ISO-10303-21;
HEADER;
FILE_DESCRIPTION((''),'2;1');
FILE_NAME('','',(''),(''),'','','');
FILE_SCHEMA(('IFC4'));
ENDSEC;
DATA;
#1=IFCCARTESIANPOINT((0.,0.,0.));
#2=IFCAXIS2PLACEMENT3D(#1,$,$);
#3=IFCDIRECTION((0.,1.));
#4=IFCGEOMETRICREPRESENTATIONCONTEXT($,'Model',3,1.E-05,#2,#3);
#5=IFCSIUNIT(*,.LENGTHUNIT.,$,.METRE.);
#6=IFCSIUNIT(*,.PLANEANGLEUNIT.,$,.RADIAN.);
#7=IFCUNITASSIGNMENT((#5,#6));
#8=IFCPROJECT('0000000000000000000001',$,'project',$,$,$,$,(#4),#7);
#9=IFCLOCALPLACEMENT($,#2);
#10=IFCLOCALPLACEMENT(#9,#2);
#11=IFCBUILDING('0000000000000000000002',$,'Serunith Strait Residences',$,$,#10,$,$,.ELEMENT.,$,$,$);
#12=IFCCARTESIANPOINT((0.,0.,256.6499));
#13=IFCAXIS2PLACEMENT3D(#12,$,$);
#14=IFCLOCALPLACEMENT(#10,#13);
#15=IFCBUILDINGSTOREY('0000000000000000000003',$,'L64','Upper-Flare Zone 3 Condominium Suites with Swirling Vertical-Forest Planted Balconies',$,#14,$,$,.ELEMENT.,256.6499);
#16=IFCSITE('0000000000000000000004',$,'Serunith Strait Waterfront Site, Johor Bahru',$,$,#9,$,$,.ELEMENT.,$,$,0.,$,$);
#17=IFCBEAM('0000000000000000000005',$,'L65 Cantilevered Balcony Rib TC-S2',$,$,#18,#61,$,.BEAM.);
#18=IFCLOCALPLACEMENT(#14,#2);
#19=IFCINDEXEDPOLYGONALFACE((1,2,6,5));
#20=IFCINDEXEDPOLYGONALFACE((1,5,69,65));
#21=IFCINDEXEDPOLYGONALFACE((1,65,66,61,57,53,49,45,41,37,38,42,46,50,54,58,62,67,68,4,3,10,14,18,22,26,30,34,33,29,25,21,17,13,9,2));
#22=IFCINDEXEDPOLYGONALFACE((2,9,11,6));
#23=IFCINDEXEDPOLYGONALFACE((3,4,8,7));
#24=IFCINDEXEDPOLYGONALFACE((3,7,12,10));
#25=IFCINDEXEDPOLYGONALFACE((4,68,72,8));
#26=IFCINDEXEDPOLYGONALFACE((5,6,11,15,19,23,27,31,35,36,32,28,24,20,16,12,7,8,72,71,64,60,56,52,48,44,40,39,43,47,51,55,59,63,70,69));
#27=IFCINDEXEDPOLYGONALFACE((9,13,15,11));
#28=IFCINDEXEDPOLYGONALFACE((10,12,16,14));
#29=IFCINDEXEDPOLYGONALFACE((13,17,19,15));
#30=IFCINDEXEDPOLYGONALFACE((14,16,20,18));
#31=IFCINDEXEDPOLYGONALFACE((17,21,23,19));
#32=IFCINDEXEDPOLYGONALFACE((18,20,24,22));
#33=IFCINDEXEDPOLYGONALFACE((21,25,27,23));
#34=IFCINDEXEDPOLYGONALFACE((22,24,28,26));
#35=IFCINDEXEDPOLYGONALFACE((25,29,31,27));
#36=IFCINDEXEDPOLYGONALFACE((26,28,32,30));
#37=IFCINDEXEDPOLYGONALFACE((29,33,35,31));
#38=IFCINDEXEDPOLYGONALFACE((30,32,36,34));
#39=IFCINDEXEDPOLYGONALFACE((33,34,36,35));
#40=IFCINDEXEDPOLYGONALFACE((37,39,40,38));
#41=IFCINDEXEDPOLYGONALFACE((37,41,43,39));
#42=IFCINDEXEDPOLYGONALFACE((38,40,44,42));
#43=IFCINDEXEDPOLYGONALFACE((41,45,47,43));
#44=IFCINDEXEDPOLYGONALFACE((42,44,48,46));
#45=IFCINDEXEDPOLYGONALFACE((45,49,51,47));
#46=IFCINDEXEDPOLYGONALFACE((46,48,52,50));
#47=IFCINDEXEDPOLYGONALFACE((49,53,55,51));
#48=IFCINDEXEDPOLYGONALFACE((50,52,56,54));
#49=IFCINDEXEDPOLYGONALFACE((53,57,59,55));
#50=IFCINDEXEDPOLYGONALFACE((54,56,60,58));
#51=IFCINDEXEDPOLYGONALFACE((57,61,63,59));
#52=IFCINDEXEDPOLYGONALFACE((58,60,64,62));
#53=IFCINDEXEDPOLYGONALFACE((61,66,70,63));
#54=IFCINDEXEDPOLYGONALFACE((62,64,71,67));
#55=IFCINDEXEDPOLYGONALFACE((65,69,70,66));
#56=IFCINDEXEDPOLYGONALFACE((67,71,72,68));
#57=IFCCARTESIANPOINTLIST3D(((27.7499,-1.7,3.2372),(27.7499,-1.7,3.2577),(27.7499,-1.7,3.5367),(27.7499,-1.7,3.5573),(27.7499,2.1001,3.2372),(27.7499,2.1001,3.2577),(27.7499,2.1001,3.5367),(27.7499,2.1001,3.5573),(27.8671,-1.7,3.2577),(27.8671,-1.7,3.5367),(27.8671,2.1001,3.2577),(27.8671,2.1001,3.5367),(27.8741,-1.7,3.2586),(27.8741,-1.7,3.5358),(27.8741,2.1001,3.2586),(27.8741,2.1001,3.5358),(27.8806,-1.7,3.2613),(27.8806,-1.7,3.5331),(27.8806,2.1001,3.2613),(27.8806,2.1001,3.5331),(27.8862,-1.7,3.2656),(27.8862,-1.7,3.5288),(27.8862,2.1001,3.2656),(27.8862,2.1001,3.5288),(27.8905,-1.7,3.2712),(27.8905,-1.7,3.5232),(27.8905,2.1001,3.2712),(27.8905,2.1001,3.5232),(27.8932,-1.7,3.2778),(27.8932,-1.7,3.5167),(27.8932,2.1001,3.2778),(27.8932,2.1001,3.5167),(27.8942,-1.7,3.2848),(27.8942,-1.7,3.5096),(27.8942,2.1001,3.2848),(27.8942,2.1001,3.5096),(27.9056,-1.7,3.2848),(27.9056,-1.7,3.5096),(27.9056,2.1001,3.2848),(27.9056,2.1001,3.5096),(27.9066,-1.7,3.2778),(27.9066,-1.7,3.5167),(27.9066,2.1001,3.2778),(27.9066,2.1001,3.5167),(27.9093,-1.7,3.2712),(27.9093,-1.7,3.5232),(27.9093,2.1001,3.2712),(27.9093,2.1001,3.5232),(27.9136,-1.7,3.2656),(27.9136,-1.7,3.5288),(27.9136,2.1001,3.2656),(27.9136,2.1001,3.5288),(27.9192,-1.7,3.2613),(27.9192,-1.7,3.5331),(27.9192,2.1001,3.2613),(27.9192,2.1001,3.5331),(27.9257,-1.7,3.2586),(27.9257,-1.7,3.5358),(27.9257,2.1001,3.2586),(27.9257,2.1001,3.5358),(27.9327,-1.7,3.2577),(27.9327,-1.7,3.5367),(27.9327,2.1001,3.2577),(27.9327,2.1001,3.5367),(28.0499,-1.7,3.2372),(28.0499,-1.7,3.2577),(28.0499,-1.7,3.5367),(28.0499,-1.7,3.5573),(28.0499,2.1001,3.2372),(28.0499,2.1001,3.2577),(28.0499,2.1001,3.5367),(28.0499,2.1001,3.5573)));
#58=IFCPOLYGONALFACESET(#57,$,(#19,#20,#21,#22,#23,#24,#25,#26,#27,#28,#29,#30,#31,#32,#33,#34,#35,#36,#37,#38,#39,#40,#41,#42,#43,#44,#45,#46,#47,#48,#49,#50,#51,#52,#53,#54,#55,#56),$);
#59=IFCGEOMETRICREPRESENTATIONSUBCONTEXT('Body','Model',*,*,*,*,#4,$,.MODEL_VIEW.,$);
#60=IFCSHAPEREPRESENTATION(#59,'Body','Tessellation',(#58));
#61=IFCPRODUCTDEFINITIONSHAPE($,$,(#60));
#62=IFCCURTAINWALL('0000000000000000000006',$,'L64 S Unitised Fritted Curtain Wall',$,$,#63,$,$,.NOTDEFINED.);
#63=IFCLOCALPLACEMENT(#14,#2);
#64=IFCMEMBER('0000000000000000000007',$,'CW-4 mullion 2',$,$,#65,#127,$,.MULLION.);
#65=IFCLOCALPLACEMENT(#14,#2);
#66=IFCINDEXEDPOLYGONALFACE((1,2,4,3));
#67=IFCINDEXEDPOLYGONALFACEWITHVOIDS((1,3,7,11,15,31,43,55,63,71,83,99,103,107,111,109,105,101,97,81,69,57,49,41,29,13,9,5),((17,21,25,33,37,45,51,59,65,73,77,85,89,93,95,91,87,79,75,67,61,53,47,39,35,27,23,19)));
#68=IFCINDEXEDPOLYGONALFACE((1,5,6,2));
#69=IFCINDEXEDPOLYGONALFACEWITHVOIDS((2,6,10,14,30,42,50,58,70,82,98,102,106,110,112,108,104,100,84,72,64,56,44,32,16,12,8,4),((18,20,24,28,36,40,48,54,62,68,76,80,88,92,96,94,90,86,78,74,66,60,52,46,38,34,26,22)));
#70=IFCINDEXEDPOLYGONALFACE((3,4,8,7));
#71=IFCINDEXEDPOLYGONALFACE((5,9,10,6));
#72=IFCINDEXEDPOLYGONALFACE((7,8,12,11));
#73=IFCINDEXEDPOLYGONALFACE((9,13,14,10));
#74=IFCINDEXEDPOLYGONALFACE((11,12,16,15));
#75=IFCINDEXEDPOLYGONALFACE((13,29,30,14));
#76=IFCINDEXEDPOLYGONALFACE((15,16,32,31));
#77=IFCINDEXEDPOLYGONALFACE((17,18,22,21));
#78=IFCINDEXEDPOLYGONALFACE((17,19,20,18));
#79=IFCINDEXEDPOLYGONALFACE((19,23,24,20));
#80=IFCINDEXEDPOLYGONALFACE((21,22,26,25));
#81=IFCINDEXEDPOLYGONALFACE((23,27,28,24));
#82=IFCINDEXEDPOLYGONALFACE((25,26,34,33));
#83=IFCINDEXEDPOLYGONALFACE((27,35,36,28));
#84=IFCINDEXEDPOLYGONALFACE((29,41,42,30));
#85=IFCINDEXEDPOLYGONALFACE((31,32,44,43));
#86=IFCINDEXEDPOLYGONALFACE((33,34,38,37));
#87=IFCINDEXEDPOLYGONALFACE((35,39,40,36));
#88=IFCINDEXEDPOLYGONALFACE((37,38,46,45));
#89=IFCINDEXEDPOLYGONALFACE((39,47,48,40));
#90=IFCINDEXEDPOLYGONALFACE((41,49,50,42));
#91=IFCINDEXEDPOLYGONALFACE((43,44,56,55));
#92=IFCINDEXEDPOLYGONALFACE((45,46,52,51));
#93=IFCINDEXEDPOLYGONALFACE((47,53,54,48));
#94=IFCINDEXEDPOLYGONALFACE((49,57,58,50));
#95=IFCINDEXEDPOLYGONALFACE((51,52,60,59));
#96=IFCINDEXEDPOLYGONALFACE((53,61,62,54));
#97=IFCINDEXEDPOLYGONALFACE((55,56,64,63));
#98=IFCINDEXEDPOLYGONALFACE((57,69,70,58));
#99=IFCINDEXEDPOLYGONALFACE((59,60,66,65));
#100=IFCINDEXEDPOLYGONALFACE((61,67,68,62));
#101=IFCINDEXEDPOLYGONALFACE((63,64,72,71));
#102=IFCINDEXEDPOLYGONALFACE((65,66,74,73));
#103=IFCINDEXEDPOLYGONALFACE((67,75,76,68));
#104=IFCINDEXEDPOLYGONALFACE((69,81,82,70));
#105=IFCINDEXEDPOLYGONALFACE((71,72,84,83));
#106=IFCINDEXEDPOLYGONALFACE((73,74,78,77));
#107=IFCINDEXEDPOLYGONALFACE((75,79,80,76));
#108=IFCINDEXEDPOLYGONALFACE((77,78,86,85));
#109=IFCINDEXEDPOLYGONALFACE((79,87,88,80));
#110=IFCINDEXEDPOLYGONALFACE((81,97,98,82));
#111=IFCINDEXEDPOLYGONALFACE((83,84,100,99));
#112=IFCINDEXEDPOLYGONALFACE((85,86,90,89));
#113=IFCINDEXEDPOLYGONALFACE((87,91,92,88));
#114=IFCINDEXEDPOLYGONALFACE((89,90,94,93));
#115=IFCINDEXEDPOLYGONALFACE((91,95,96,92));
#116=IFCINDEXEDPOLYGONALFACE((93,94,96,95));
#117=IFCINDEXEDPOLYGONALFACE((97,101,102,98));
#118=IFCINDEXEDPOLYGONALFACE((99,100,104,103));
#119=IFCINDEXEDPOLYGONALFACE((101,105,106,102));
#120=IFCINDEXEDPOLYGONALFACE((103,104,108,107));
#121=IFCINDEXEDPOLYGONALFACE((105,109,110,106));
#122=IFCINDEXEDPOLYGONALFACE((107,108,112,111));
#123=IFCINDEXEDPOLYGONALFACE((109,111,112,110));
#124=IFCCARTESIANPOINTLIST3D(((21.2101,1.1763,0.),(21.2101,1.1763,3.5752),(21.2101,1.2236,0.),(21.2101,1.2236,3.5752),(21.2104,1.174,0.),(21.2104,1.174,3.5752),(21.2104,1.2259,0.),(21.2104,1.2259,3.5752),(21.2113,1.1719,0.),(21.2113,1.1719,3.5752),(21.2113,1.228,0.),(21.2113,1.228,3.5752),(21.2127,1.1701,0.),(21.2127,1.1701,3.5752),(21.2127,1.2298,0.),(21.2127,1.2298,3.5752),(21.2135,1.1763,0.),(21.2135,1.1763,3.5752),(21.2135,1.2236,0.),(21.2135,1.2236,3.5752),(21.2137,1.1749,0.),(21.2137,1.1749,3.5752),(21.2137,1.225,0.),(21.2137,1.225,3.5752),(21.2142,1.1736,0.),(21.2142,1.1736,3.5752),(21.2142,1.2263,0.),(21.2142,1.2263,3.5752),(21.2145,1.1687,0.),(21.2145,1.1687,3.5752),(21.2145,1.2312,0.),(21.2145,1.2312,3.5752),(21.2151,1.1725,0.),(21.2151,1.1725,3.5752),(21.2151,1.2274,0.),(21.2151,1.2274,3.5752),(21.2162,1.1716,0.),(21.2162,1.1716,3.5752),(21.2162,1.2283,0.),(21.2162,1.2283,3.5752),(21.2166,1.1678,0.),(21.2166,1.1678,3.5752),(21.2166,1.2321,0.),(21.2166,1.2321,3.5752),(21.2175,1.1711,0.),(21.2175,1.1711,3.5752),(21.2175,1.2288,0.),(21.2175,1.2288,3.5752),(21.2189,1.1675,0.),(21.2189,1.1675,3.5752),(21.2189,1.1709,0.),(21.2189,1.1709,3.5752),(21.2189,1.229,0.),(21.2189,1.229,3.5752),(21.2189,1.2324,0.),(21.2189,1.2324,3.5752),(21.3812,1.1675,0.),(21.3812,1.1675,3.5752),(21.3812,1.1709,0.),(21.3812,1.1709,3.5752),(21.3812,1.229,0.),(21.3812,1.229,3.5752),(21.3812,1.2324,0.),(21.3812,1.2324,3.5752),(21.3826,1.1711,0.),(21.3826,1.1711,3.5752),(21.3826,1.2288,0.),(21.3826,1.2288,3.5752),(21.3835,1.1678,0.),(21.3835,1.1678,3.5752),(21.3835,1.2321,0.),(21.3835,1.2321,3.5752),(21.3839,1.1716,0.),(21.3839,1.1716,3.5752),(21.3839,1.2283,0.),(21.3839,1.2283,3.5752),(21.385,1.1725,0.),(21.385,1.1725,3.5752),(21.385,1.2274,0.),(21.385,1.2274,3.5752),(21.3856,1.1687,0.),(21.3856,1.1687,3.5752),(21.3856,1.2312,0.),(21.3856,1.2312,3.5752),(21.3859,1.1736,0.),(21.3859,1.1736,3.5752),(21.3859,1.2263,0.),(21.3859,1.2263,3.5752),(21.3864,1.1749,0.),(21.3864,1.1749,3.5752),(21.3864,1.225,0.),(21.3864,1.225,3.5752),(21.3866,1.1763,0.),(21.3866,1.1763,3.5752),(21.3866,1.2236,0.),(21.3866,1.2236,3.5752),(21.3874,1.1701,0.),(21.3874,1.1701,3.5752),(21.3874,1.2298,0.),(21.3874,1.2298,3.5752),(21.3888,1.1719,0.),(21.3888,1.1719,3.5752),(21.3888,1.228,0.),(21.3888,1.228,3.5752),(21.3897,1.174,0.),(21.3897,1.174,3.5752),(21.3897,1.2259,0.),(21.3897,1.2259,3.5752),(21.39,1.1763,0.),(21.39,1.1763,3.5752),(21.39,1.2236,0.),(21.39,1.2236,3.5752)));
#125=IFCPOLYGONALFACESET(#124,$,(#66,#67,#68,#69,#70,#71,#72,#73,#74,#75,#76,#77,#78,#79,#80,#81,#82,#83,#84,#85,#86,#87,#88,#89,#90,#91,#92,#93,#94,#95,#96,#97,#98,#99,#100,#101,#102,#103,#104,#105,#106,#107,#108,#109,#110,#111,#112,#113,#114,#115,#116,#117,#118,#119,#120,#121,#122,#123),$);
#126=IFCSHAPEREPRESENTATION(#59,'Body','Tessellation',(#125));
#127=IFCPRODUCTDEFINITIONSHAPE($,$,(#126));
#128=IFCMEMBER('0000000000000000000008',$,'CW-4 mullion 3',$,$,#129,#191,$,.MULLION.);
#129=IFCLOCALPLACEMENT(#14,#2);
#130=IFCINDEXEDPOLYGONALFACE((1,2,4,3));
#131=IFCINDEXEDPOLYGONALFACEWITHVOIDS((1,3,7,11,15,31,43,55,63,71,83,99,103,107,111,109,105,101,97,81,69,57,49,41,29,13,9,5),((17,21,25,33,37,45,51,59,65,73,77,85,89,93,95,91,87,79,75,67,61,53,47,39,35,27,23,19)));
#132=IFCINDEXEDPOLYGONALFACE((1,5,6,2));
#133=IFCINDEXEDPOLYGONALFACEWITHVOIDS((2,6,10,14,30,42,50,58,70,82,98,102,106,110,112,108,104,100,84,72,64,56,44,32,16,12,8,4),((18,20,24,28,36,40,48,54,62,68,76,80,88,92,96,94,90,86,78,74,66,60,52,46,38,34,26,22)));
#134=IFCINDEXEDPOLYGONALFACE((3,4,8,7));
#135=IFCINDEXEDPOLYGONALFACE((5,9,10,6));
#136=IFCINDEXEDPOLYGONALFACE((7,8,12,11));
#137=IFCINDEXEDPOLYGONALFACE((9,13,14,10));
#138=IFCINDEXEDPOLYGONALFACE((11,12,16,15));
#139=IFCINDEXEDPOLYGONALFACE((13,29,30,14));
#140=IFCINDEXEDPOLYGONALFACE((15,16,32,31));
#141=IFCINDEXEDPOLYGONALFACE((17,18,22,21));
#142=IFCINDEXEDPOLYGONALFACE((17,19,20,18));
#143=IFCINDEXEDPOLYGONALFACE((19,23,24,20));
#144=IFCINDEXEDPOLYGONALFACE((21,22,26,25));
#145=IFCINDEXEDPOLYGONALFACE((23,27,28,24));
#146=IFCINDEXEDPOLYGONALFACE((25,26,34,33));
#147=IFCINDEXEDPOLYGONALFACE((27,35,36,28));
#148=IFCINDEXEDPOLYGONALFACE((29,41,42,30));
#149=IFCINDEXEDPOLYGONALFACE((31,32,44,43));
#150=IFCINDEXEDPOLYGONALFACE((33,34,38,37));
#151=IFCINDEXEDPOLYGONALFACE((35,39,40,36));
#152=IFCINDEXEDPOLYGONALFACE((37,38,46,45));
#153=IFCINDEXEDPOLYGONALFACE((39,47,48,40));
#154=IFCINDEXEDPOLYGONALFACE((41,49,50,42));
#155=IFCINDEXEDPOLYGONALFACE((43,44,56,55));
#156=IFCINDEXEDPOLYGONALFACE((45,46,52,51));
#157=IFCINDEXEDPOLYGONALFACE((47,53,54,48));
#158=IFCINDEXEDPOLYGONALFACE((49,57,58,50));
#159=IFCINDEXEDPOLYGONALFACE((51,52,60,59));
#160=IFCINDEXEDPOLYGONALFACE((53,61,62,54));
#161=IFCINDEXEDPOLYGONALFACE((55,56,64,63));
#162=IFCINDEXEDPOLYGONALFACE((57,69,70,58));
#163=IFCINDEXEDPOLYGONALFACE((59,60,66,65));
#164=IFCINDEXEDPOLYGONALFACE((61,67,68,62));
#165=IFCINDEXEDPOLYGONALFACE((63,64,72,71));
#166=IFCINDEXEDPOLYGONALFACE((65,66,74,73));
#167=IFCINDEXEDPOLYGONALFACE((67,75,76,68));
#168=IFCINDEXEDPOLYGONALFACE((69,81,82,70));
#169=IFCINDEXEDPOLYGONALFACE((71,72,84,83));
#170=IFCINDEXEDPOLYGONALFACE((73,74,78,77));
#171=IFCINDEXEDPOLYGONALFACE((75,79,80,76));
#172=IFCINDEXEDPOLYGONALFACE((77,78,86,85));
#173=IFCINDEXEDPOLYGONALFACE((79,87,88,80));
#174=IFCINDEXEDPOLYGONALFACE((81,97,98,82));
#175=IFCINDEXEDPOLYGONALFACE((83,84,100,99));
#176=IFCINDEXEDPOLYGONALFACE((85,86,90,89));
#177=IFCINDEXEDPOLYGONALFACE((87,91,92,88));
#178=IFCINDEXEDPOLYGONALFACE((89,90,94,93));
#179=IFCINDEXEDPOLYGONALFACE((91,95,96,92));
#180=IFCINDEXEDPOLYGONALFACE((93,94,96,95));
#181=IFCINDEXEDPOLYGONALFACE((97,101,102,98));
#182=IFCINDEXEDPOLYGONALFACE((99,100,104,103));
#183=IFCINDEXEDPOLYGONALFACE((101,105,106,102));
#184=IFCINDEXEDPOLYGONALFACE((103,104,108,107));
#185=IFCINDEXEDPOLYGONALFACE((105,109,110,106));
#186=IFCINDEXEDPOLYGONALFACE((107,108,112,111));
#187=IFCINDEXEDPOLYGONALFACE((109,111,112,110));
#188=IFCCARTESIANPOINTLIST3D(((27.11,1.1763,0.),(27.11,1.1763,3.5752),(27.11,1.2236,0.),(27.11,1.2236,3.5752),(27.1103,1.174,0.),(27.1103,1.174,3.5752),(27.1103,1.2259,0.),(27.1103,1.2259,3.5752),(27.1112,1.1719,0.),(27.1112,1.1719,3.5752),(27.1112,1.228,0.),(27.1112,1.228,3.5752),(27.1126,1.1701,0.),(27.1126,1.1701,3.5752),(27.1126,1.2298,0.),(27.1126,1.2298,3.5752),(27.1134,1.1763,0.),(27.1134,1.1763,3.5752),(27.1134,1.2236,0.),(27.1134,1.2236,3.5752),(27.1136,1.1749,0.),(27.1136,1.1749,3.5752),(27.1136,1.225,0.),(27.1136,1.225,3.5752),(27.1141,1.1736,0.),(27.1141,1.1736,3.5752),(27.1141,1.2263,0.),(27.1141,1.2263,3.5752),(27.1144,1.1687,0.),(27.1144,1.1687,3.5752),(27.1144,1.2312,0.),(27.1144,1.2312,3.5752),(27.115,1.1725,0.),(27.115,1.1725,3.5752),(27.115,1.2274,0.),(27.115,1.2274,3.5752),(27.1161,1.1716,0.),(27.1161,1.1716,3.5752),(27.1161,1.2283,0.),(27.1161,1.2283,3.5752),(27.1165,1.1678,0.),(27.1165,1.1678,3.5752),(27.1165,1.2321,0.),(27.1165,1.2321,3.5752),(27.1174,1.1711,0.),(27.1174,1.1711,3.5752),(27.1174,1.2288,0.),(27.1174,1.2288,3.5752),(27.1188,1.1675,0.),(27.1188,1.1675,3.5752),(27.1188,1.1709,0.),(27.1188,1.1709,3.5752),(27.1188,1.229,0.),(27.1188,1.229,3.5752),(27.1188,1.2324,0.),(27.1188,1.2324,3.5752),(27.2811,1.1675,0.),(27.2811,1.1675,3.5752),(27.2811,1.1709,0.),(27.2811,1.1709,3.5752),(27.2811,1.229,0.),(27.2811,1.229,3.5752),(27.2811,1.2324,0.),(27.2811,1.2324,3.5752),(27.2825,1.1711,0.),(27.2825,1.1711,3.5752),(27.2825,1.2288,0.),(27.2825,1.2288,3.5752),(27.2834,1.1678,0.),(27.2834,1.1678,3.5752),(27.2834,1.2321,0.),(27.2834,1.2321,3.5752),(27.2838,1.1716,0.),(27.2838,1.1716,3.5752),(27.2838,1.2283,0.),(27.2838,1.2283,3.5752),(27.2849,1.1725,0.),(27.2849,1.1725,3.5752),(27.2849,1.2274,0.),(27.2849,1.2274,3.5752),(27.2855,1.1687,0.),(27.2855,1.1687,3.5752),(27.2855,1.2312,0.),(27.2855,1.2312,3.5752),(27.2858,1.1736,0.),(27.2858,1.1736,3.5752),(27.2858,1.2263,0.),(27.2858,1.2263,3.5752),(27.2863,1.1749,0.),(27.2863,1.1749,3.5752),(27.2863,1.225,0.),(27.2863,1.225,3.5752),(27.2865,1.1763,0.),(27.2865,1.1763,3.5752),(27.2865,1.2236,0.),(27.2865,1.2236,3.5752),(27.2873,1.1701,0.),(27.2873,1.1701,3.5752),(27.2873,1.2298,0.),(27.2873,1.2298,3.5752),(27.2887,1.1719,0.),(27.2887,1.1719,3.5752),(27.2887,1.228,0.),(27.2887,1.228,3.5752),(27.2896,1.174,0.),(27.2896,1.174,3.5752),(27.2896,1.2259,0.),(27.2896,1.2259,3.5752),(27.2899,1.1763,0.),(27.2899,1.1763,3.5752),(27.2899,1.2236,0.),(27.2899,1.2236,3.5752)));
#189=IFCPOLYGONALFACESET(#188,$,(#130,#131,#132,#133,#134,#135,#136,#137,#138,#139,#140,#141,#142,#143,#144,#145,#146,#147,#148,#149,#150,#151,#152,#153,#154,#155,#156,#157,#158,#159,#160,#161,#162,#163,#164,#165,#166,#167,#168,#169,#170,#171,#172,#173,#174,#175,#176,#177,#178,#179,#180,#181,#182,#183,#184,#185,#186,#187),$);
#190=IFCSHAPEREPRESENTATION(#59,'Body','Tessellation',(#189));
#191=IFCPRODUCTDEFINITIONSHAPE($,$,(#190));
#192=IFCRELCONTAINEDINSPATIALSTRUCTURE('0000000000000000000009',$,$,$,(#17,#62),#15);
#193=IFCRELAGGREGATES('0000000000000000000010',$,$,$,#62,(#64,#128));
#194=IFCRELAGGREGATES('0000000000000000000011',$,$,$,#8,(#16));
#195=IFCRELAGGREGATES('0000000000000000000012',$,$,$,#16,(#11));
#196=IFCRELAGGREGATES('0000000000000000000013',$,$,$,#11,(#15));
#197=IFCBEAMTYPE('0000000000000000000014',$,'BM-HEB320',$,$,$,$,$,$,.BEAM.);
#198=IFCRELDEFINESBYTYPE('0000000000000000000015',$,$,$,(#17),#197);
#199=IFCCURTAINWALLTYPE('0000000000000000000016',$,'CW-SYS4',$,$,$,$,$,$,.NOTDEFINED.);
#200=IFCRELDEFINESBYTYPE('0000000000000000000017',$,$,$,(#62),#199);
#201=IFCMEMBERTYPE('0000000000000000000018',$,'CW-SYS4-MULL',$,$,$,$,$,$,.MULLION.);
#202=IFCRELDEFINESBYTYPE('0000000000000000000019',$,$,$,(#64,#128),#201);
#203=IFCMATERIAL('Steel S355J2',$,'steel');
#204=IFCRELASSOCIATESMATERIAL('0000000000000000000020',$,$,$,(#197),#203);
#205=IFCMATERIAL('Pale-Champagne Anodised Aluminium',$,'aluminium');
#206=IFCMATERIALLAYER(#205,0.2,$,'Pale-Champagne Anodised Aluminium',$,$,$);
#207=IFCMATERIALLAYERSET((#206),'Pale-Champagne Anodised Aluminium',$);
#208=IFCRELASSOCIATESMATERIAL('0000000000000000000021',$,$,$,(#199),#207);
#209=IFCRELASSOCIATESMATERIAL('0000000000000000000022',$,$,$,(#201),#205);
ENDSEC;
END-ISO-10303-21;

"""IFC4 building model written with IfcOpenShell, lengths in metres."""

from ifc_helpers import new_model, si_unit, direction, frame, origin, origin_2d, place, context, subcontext, project, spatial, hollow_rectangle, i_section, extrude, source, transform, mapped, material, layer, layer_set, material_profile, profile_set, type_object, element, aggregate, save


model = new_model("IFC4")

# Units and contexts
model_context = context("Model", 3, precision=1e-05, world=origin(), true_north=direction((0.0, 1.0)))
body_context = subcontext(model_context, "Body", "Model", "MODEL_VIEW")
ifc_project = project(units=[si_unit("LENGTHUNIT", "METRE"), si_unit("PLANEANGLEUNIT", "RADIAN")], contexts=[model_context])

# Site, building, storey
site_placement = place(None, origin())
site = spatial("IfcSite", under=ifc_project, at=site_placement, Name="Serunith Strait Waterfront Site, Johor Bahru", CompositionType="ELEMENT", RefElevation=0.0)
building_placement = place(site_placement, origin())
building = spatial("IfcBuilding", under=site, at=building_placement, Name="Serunith Strait Residences", CompositionType="ELEMENT")
storey_placement = place(building_placement, frame((0.0, 0.0, 256.6499)))
storey = spatial("IfcBuildingStorey", under=building, at=storey_placement, Name="L64", Description="Upper-Flare Zone 3 Condominium Suites with Swirling Vertical-Forest Planted Balconies", CompositionType="ELEMENT", Elevation=256.6499)

# Beam
ifc_material_1 = material(Name="Steel S355J2", Category="steel")
ifc_material_profile_1 = material_profile(ifc_material_1, i_section(OverallWidth=0.3, OverallDepth=0.3201, WebThickness=0.0115, FlangeThickness=0.0205, FilletRadius=0.0271, at=origin_2d()), Name="HEB 320")
ifc_profile_set_1 = profile_set([ifc_material_profile_1], Name="Steel S355J2")
beam_type_1 = type_object("IfcBeamType", Name="BM-HEB320", PredefinedType="BEAM", material=ifc_profile_set_1)
shared_shape_1 = source(origin(), body_context, "Body", "SweptSolid", [
    extrude(i_section(OverallWidth=0.3, OverallDepth=0.3201, WebThickness=0.0115, FlangeThickness=0.0205, FilletRadius=0.0271, at=origin_2d()), origin(), (0.0, 0.0, 1.0), 3.8),
])
beam_1_placement = place(storey_placement, frame((27.8999, 2.1001, 3.3972), z_axis=(0.0, -1.0, 0.0), x_axis=(1.0, 0.0, 0.0)))
element("IfcBeam", 1, at=beam_1_placement, inside=storey, type_object=beam_type_1, Name="L65 Cantilevered Balcony Rib TC-S2", PredefinedType="BEAM", context=body_context, shape_type="MappedRepresentation", body=[
    mapped(shared_shape_1, transform((0.0, 0.0, 0.0), scale=1.0)),
])

# Curtain wall, members
ifc_material_2 = material(Name="Pale-Champagne Anodised Aluminium", Category="aluminium")
ifc_layer_1 = layer(ifc_material_2, 0.2, Name="Pale-Champagne Anodised Aluminium")
ifc_layer_set_1 = layer_set([ifc_layer_1], Name="Pale-Champagne Anodised Aluminium")
curtain_wall_type = type_object("IfcCurtainWallType", Name="CW-SYS4", PredefinedType="NOTDEFINED", material=ifc_layer_set_1)
curtain_wall_placement = place(storey_placement, origin())
curtain_wall = element("IfcCurtainWall", 2, at=curtain_wall_placement, inside=storey, type_object=curtain_wall_type, Name="L64 S Unitised Fritted Curtain Wall", PredefinedType="NOTDEFINED")
ifc_material_profile_2 = material_profile(ifc_material_2, hollow_rectangle(XDim=0.0649, YDim=0.1799, WallThickness=0.0034, InnerFilletRadius=0.0054, OuterFilletRadius=0.0088, at=origin_2d()), Name="ALU 180x65x3.5")
ifc_profile_set_2 = profile_set([ifc_material_profile_2], Name="Pale-Champagne Anodised Aluminium")
member_type_1 = type_object("IfcMemberType", Name="CW-SYS4-MULL", PredefinedType="MULLION", material=ifc_profile_set_2)
shared_shape_2 = source(origin(), body_context, "Body", "SweptSolid", [
    extrude(hollow_rectangle(XDim=0.0649, YDim=0.1799, WallThickness=0.0034, InnerFilletRadius=0.0054, OuterFilletRadius=0.0088, at=origin_2d()), origin(), (0.0, 0.0, 1.0), 3.5752),
])
member_1_placement = place(storey_placement, frame((21.3, 1.2, 0.0), z_axis=(0.0, 0.0, 1.0), x_axis=(0.0, 1.0, 0.0)))
member_1 = element("IfcMember", 3, at=member_1_placement, type_object=member_type_1, Name="CW-4 mullion 2", PredefinedType="MULLION", context=body_context, shape_type="MappedRepresentation", body=[
    mapped(shared_shape_2, transform((0.0, 0.0, 0.0), scale=1.0)),
])
member_2_placement = place(storey_placement, frame((27.2, 1.2, 0.0), z_axis=(0.0, 0.0, 1.0), x_axis=(0.0, 1.0, 0.0)))
member_2 = element("IfcMember", 4, at=member_2_placement, type_object=member_type_1, Name="CW-4 mullion 3", PredefinedType="MULLION", context=body_context, shape_type="MappedRepresentation", body=[
    mapped(shared_shape_2, transform((0.0, 0.0, 0.0), scale=1.0)),
])
aggregate(curtain_wall, [member_1, member_2])

save(model, "model.ifc")
